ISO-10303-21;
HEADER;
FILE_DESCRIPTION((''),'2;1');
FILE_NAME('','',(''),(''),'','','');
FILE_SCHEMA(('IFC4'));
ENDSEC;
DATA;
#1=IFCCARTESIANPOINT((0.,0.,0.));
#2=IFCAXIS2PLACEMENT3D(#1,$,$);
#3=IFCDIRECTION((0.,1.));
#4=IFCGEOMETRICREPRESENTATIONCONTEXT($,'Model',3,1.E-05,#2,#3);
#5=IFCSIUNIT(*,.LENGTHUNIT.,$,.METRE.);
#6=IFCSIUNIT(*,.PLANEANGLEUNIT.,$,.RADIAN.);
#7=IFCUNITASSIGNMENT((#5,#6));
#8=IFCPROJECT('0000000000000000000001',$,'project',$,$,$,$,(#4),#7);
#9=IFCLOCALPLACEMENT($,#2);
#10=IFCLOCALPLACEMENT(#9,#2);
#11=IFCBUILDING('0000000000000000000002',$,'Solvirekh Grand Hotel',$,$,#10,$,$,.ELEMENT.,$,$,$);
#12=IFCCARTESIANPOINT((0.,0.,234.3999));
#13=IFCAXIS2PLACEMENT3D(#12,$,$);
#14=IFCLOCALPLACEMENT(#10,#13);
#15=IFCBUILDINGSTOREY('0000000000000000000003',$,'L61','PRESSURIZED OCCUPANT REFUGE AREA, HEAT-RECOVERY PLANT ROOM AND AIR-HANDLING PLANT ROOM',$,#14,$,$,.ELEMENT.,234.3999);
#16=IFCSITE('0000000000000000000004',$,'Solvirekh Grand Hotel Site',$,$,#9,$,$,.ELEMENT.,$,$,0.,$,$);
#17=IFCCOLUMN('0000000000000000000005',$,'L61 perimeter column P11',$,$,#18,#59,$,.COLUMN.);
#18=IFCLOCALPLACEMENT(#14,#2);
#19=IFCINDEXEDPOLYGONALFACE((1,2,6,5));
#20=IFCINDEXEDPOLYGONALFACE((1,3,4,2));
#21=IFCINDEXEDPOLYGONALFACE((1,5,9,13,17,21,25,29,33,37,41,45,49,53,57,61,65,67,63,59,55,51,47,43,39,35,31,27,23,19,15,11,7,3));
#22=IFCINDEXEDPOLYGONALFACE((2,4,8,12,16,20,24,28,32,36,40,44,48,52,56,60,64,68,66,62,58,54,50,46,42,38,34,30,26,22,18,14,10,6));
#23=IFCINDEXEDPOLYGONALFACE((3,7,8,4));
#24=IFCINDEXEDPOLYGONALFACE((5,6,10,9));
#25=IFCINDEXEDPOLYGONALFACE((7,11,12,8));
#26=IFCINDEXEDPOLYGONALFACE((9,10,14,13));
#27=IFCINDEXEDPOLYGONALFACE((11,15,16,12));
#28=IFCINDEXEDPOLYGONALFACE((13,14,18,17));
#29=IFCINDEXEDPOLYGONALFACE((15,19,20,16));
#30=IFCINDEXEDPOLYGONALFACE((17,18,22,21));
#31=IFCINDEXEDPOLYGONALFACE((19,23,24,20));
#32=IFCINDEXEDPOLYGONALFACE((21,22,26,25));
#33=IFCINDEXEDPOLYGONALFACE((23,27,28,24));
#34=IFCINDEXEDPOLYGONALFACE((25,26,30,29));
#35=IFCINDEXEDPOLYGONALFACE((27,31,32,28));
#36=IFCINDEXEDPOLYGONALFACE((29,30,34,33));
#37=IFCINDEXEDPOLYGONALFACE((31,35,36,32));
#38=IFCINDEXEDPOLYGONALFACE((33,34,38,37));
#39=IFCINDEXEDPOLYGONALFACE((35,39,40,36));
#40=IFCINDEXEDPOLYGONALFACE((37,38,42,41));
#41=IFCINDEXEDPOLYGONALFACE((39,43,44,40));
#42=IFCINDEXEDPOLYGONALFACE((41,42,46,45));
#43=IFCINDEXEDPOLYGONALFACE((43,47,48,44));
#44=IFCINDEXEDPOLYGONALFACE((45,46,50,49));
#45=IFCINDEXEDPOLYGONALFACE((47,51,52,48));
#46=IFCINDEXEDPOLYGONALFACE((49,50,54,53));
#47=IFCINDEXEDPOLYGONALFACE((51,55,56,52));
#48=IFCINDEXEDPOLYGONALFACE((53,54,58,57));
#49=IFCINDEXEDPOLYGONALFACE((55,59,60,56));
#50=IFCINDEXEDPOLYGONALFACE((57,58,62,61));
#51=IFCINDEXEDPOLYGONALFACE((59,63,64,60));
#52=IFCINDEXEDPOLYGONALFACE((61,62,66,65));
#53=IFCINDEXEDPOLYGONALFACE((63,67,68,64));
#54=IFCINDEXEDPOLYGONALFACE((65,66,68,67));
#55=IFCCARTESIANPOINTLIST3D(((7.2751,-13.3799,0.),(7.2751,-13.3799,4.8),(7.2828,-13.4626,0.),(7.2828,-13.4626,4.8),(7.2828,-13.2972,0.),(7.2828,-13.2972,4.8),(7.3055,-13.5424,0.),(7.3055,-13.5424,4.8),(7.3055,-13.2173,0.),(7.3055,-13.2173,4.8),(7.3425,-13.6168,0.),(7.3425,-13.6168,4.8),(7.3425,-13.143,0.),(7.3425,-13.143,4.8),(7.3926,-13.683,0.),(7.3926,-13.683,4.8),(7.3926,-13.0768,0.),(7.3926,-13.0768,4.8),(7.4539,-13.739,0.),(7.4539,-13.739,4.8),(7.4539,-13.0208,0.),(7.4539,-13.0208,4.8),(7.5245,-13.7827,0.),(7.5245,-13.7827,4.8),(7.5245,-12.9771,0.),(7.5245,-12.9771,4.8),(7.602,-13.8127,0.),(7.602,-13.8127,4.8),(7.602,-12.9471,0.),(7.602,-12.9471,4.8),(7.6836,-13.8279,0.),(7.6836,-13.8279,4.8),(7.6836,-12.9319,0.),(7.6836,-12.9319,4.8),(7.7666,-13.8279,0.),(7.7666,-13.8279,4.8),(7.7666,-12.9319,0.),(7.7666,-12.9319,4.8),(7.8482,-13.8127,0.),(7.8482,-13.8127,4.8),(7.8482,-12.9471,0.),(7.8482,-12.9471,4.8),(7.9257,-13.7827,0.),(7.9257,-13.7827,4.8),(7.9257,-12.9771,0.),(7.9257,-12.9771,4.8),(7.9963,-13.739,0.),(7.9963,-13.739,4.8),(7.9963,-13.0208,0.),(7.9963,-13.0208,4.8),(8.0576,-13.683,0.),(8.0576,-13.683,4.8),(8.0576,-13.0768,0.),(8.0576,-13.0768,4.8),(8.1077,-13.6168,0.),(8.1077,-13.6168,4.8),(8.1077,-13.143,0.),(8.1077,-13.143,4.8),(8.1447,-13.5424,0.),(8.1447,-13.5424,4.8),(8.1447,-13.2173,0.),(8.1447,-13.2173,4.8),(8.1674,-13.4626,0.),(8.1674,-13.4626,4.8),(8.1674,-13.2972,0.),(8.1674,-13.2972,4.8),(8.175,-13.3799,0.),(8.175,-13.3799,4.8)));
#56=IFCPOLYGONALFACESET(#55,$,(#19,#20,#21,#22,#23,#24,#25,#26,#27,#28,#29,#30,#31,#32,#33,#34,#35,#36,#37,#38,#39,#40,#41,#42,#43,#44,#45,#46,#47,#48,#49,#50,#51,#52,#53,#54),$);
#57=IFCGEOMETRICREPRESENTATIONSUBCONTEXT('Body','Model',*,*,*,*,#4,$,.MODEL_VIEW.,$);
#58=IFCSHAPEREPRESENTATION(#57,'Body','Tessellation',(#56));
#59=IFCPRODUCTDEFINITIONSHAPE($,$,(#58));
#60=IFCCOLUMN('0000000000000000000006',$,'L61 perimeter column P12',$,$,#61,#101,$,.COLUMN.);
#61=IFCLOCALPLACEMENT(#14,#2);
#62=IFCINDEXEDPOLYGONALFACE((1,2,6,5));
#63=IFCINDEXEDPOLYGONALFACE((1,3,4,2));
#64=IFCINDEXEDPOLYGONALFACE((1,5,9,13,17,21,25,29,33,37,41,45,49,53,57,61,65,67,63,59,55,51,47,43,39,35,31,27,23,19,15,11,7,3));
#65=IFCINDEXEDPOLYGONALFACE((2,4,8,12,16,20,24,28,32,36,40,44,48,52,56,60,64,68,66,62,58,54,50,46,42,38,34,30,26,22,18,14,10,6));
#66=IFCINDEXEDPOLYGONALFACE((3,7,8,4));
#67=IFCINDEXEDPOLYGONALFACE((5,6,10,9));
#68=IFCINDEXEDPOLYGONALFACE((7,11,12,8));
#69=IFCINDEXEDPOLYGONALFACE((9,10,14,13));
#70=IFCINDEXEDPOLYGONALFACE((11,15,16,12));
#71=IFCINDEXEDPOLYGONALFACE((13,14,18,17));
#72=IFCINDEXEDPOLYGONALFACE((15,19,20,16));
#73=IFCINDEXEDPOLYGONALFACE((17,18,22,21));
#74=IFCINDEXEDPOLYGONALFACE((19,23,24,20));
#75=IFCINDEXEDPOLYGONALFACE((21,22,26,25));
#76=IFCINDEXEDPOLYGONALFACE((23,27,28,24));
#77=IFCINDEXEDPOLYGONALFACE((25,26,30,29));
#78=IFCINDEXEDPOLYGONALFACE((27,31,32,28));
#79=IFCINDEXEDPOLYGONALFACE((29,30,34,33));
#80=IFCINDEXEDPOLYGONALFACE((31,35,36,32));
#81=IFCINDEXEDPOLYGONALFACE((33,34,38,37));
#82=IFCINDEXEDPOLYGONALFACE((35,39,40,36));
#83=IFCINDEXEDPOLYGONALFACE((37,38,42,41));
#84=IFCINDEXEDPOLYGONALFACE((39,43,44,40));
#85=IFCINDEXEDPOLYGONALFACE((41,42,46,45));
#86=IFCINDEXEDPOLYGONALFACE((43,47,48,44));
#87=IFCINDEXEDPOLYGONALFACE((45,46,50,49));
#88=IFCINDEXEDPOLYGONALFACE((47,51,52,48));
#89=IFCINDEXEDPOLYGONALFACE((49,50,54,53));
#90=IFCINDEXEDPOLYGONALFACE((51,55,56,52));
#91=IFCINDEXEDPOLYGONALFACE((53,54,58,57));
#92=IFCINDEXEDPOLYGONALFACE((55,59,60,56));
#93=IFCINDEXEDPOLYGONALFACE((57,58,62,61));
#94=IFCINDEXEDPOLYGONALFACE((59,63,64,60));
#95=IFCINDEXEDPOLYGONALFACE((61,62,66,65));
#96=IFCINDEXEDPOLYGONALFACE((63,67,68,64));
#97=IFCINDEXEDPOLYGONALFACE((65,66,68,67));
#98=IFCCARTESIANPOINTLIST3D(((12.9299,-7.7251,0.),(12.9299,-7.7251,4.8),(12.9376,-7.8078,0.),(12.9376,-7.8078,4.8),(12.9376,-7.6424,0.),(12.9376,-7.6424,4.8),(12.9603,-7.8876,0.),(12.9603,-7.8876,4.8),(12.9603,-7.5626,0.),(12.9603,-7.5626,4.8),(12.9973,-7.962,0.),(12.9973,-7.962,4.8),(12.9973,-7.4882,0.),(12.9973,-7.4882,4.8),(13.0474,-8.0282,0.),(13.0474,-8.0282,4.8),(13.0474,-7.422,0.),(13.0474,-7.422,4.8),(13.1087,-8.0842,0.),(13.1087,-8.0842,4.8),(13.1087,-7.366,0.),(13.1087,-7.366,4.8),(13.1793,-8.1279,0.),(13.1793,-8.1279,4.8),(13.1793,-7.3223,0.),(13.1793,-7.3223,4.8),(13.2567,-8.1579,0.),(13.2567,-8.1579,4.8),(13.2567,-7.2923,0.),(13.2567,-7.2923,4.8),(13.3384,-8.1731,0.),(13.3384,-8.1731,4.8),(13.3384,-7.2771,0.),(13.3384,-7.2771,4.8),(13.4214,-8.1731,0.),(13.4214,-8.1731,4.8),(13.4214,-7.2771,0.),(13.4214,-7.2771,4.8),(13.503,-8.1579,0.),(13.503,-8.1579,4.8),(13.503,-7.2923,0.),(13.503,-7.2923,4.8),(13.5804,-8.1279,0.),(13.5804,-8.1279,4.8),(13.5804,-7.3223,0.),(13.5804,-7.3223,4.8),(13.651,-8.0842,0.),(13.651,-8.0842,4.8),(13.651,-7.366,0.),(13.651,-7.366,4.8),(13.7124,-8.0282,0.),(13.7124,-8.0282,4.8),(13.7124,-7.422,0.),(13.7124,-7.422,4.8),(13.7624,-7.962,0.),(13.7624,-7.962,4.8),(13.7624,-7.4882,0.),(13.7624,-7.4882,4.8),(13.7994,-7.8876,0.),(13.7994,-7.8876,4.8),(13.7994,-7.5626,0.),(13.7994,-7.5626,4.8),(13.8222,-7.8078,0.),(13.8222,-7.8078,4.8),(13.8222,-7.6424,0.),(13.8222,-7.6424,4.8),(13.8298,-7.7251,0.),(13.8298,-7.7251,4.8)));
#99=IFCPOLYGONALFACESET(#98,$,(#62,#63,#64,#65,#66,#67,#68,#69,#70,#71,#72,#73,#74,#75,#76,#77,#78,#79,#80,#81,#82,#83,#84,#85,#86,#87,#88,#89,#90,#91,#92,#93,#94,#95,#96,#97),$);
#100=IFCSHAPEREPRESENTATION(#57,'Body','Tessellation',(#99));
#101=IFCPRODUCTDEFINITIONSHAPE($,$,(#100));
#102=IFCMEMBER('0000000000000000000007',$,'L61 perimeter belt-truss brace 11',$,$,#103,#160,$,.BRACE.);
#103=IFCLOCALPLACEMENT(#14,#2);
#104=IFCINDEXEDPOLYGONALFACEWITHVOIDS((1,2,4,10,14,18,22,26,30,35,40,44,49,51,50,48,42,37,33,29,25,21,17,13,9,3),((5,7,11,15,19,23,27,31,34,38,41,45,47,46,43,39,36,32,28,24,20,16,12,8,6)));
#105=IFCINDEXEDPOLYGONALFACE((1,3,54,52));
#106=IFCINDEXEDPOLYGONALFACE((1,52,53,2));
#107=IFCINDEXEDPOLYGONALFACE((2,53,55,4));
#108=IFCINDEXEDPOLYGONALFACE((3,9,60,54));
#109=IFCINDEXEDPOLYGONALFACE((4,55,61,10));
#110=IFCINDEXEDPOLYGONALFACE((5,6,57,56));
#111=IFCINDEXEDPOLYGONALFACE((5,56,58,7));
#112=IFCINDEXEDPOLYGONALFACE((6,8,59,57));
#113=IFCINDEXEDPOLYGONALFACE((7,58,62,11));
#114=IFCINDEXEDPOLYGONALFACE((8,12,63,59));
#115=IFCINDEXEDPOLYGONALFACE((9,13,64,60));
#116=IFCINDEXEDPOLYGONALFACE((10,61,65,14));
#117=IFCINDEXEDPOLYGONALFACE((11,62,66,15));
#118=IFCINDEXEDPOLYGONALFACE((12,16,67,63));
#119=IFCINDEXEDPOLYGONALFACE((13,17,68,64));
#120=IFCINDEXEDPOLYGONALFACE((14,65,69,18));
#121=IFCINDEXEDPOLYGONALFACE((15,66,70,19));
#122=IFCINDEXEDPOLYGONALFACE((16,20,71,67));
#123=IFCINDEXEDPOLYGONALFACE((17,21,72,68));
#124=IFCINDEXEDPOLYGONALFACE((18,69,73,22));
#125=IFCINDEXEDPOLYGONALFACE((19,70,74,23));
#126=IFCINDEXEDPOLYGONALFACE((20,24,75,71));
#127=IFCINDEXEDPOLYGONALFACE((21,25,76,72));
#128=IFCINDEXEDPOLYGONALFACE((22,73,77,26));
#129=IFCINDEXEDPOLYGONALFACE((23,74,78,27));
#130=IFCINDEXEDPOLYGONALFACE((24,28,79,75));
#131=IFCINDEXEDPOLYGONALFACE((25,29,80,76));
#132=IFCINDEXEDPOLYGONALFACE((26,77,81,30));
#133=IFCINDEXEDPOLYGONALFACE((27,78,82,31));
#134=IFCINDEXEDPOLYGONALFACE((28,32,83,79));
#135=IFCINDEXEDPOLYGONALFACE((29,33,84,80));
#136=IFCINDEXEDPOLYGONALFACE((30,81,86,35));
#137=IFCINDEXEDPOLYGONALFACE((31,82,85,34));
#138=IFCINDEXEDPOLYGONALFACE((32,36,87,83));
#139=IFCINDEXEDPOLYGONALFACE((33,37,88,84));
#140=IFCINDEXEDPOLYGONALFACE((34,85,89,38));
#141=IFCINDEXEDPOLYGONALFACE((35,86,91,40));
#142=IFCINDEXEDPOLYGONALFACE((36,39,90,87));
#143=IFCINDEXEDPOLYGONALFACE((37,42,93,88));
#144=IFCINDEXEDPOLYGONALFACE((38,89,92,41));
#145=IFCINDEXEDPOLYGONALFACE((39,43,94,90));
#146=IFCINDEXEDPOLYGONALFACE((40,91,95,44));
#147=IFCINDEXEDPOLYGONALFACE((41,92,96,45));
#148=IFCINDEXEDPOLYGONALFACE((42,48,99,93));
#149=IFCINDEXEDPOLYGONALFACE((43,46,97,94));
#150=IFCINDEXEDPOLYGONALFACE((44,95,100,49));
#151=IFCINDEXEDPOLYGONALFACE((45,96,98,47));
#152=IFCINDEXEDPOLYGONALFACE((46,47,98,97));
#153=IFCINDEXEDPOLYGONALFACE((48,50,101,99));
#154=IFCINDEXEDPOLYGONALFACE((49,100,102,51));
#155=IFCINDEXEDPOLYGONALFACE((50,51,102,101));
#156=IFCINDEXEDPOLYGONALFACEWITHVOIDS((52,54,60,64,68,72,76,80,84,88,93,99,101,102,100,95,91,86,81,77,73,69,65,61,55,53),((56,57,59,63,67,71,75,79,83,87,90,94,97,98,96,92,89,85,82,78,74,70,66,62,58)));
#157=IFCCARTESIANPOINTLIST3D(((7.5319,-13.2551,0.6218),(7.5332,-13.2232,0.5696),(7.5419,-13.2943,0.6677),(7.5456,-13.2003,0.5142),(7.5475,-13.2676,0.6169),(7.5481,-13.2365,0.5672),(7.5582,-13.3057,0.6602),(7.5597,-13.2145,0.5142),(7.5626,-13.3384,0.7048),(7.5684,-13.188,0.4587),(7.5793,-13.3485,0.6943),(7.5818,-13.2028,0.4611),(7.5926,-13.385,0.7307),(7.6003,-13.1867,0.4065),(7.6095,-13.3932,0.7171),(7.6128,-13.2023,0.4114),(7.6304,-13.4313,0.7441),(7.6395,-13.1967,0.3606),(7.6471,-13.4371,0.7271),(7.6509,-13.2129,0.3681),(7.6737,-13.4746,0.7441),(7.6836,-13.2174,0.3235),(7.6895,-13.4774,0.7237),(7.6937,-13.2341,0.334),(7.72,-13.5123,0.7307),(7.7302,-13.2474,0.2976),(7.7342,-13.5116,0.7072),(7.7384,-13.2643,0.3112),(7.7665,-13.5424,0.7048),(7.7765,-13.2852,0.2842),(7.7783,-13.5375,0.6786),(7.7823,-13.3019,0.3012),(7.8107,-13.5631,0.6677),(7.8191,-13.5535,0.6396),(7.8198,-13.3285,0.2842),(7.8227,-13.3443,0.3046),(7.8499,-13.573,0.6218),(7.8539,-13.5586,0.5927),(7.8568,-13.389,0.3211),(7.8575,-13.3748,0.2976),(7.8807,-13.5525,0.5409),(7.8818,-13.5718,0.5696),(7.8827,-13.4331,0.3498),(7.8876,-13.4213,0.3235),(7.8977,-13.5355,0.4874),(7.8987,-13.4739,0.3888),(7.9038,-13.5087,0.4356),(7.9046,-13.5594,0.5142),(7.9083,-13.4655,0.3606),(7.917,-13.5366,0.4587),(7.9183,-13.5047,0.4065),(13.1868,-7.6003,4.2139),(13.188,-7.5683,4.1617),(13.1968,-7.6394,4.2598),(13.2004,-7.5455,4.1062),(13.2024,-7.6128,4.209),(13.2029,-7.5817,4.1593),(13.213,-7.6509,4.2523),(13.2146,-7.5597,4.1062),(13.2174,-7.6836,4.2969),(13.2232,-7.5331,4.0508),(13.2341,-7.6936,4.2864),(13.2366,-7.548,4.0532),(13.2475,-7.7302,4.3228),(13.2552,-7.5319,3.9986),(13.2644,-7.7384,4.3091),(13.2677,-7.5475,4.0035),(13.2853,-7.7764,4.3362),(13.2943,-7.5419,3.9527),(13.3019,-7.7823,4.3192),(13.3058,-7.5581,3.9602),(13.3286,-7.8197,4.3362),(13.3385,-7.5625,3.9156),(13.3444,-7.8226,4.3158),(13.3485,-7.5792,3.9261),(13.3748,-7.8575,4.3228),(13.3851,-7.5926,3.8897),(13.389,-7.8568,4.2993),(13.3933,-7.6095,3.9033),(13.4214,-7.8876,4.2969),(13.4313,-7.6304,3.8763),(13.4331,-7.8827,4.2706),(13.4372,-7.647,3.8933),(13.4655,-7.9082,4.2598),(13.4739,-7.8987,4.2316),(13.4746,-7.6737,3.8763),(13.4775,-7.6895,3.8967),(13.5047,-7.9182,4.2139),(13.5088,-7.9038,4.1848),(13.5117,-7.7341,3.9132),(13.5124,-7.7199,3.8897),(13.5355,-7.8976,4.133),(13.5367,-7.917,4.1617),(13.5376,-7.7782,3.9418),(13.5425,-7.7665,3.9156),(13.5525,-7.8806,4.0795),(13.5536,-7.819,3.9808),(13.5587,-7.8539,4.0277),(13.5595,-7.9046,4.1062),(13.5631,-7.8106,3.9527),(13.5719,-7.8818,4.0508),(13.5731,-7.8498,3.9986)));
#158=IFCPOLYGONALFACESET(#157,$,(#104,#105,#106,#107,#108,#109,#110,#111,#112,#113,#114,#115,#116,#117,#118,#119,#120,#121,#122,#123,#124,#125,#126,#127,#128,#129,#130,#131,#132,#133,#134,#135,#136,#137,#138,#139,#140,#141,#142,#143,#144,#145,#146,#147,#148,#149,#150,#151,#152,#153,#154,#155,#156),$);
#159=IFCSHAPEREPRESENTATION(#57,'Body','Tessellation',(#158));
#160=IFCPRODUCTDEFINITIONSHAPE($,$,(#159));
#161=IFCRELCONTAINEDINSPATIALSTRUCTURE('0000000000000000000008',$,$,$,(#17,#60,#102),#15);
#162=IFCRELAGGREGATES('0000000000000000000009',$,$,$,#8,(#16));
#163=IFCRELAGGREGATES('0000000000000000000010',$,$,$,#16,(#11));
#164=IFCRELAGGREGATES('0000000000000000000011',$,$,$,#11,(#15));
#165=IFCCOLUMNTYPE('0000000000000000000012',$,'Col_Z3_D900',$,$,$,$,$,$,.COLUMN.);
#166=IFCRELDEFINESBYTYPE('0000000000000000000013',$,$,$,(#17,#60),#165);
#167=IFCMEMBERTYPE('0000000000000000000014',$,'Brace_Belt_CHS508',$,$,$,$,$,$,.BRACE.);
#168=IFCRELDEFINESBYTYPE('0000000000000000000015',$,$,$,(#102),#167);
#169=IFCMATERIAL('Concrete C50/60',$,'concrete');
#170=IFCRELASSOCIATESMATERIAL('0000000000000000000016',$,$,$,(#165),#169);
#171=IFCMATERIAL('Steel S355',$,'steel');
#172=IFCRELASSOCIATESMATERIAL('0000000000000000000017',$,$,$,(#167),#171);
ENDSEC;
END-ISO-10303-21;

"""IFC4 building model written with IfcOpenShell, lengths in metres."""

from ifc_helpers import new_model, si_unit, direction, frame, origin, origin_2d, place, context, subcontext, project, spatial, circle, hollow_circle, extrude, material, material_profile, profile_set, type_object, element, save


model = new_model("IFC4")

# Units and contexts
model_context = context("Model", 3, precision=1e-05, world=origin(), true_north=direction((0.0, 1.0)))
body_context = subcontext(model_context, "Body", "Model", "MODEL_VIEW")
ifc_project = project(units=[si_unit("LENGTHUNIT", "METRE"), si_unit("PLANEANGLEUNIT", "RADIAN")], contexts=[model_context])

# Site, building, storey
site_placement = place(None, origin())
site = spatial("IfcSite", under=ifc_project, at=site_placement, Name="Solvirekh Grand Hotel Site", CompositionType="ELEMENT", RefElevation=0.0)
building_placement = place(site_placement, origin())
building = spatial("IfcBuilding", under=site, at=building_placement, Name="Solvirekh Grand Hotel", CompositionType="ELEMENT")
storey_placement = place(building_placement, frame((0.0, 0.0, 234.3999)))
storey = spatial("IfcBuildingStorey", under=building, at=storey_placement, Name="L61", Description="PRESSURIZED OCCUPANT REFUGE AREA, HEAT-RECOVERY PLANT ROOM AND AIR-HANDLING PLANT ROOM", CompositionType="ELEMENT", Elevation=234.3999)

# Columns
ifc_material_1 = material(Name="Concrete C50/60", Category="concrete")
ifc_material_profile_1 = material_profile(ifc_material_1, circle(Radius=0.45, at=origin_2d()), Name="RC CIRC D900")
ifc_profile_set_1 = profile_set([ifc_material_profile_1], Name="Concrete C50/60")
column_type = type_object("IfcColumnType", Name="Col_Z3_D900", PredefinedType="COLUMN", material=ifc_profile_set_1)
for number, where, z_axis, x_axis, name in (
    (1, (7.7251, -13.3799, 0.0), (0.0, 0.0, 1.0), (1.0, 0.0, 0.0), "L61 perimeter column P11"),
    (2, (13.3799, -7.7251, 0.0), (0.0, 0.0, 1.0), (1.0, 0.0, 0.0), "L61 perimeter column P12"),
):
    element("IfcColumn", number, at=place(storey_placement, frame(where, z_axis=z_axis, x_axis=x_axis)), inside=storey, type_object=column_type, Name=name, PredefinedType="COLUMN", context=body_context, shape_type="SweptSolid", body=[
        extrude(circle(Radius=0.45, at=origin_2d()), origin(), (0.0, 0.0, 1.0), 4.8),
    ])

# Member
ifc_material_2 = material(Name="Steel S355", Category="steel")
ifc_material_profile_2 = material_profile(ifc_material_2, hollow_circle(Radius=0.2539, WallThickness=0.02, at=origin_2d()), Name="CHS 508X20")
ifc_profile_set_2 = profile_set([ifc_material_profile_2], Name="Steel S355")
member_type = type_object("IfcMemberType", Name="Brace_Belt_CHS508", PredefinedType="BRACE", material=ifc_profile_set_2)
member_1_placement = place(storey_placement, frame((7.7251, -13.3799, 0.5142), z_axis=(0.645026, 0.645026, 0.409735), x_axis=(-0.707107, 0.707107, 0.0)))
element("IfcMember", 3, at=member_1_placement, inside=storey, type_object=member_type, Name="L61 perimeter belt-truss brace 11", PredefinedType="BRACE", context=body_context, shape_type="SweptSolid", body=[
    extrude(hollow_circle(Radius=0.2539, WallThickness=0.02, at=origin_2d()), origin(), (0.0, 0.0, 1.0), 8.7668),
])

save(model, "model.ifc")
